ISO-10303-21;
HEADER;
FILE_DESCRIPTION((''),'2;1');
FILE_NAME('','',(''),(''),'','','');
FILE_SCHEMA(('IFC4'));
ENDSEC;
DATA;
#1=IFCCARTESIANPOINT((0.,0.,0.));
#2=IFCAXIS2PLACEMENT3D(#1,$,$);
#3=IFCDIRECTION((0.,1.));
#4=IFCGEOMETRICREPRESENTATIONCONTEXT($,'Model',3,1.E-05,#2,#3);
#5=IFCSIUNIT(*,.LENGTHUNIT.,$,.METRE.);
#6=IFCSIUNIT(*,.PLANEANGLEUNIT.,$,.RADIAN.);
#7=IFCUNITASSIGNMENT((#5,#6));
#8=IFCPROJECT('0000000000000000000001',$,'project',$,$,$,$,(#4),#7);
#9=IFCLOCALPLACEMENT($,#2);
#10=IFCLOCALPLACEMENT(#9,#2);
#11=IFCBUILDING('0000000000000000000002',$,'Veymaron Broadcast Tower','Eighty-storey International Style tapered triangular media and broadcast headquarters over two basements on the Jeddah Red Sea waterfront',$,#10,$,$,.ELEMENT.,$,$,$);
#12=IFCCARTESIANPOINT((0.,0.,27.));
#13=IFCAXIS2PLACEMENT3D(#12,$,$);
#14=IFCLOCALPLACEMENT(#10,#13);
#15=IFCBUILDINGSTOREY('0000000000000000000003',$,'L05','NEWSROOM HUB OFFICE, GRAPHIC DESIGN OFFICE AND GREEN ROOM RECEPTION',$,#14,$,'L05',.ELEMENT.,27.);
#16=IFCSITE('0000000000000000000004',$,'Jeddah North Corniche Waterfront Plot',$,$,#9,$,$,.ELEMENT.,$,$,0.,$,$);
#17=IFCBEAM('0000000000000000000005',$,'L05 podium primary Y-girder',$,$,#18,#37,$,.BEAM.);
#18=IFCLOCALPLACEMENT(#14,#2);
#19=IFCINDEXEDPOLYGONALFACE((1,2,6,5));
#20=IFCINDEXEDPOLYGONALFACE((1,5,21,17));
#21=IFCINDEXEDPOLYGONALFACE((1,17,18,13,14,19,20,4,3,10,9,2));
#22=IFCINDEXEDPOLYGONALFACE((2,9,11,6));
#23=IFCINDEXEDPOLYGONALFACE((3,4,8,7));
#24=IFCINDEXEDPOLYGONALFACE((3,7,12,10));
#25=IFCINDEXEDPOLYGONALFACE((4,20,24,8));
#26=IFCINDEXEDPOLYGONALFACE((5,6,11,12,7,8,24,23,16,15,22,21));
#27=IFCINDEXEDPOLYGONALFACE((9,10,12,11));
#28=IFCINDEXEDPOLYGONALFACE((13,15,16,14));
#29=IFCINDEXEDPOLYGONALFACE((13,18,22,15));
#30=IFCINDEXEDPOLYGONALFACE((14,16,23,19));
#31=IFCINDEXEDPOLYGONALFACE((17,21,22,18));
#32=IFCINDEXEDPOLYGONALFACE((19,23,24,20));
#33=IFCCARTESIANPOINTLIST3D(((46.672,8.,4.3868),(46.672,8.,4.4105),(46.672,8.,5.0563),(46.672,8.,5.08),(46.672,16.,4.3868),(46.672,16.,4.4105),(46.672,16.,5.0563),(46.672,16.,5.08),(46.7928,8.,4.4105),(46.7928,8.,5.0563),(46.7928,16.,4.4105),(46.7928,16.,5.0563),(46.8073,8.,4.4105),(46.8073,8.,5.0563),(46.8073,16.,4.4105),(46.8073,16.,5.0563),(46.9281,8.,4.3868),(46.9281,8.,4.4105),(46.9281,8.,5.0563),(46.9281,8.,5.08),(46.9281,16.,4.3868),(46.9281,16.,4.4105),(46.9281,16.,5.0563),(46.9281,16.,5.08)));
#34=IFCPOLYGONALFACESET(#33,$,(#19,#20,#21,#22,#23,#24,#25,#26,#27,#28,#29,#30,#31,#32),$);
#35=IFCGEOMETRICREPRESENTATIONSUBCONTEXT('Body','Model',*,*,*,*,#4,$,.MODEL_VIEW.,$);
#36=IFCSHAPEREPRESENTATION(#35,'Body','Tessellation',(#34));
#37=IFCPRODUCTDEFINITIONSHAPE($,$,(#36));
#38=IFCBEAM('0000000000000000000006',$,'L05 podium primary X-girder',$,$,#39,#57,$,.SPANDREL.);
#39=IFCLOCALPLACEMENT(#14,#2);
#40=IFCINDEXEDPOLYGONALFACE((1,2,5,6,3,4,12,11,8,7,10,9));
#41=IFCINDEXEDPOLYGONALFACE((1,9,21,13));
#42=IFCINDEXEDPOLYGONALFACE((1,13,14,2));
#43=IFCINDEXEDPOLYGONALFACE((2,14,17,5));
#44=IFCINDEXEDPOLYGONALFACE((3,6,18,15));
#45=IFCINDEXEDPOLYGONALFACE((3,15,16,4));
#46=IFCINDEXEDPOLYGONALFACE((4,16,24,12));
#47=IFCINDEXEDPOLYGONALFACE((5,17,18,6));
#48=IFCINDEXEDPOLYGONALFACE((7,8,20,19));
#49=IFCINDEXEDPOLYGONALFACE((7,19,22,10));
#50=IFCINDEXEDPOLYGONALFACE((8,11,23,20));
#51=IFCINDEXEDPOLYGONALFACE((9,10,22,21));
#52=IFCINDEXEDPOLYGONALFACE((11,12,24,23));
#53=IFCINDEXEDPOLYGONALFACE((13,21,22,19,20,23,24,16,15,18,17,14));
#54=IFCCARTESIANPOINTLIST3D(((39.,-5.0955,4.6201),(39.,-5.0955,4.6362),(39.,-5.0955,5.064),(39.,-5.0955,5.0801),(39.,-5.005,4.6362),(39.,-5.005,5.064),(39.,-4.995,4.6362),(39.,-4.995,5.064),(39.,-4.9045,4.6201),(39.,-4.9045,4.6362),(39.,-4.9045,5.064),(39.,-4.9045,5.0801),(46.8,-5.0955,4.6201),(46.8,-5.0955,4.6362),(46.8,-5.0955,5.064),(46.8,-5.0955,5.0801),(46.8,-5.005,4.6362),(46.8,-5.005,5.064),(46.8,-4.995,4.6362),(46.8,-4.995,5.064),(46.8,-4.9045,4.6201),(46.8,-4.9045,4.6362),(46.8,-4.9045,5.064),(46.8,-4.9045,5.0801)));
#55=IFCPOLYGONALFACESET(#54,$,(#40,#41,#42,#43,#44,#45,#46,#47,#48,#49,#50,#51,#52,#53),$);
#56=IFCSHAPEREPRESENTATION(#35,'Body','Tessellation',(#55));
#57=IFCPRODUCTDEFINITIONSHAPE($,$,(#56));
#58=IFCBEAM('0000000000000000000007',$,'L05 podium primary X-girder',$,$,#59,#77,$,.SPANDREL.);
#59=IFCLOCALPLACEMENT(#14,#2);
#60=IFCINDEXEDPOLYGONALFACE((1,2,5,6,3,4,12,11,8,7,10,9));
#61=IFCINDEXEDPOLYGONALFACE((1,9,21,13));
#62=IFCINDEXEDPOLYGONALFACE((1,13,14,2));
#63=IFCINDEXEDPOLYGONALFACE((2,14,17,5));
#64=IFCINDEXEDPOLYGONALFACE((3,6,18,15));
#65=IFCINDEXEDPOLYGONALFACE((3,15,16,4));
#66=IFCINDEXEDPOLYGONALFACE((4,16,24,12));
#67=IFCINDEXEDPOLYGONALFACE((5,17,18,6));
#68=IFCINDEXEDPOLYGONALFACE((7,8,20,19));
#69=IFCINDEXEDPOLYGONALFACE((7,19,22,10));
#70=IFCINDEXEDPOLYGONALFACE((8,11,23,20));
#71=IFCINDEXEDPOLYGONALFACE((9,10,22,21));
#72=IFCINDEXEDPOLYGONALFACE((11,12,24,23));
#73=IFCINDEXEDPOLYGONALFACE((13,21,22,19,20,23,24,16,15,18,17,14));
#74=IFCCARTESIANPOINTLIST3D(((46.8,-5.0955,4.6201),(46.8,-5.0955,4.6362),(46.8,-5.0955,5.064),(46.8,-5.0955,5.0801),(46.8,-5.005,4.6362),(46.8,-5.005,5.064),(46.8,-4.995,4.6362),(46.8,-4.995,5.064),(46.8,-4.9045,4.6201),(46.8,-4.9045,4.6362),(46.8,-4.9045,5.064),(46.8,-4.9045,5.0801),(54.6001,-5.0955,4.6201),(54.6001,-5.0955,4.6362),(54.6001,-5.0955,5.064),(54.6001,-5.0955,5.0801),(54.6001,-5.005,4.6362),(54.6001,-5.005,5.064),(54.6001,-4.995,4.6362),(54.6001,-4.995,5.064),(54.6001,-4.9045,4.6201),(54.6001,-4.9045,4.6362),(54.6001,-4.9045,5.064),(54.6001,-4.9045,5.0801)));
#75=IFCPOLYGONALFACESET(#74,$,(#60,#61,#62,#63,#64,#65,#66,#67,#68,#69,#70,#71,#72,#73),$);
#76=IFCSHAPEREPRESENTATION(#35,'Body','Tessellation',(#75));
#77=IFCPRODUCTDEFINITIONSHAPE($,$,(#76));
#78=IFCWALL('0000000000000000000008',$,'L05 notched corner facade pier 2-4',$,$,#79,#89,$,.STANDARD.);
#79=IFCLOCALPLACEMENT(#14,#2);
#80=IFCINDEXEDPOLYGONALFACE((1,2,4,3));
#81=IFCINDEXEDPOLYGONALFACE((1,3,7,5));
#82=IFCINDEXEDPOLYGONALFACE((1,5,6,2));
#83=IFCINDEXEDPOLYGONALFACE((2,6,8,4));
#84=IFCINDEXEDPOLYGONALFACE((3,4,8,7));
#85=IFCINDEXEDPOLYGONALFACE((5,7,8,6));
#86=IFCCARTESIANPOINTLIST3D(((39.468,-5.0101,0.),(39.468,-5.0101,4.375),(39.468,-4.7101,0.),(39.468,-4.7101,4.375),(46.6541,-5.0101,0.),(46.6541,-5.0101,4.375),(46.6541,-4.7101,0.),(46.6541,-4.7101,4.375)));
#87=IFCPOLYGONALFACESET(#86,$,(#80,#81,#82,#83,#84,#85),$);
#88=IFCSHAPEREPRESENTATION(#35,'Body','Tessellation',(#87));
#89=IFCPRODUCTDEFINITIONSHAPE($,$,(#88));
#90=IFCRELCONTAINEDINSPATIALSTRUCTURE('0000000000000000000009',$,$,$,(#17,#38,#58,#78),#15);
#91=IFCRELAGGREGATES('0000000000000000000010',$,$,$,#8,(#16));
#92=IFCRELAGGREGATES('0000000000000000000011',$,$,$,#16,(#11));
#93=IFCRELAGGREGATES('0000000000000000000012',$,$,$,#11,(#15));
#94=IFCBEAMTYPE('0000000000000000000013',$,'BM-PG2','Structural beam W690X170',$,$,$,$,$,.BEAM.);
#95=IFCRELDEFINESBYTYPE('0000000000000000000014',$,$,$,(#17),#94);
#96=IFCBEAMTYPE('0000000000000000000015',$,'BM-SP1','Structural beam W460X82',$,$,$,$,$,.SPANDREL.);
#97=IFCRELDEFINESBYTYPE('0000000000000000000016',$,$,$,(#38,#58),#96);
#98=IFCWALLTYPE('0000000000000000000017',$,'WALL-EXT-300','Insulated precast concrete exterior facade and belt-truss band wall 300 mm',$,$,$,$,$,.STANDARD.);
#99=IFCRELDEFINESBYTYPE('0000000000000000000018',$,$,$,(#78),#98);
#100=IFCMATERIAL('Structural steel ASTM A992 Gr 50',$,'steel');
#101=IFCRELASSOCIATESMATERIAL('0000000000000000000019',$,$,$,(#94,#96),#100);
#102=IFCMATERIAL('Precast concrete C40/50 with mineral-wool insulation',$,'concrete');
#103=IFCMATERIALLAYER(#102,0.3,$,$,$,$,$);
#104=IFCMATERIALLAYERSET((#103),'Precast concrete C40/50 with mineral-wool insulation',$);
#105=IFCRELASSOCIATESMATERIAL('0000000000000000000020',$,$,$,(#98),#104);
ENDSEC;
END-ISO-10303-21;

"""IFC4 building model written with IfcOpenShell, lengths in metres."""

from ifc_helpers import new_model, si_unit, direction, frame, frame_2d, origin, origin_2d, place, context, subcontext, project, spatial, rectangle, i_section, extrude, material, layer, layer_set, material_profile, profile_set, type_object, element, save


model = new_model("IFC4")

# Units and contexts
model_context = context("Model", 3, precision=1e-05, world=origin(), true_north=direction((0.0, 1.0)))
body_context = subcontext(model_context, "Body", "Model", "MODEL_VIEW")
ifc_project = project(units=[si_unit("LENGTHUNIT", "METRE"), si_unit("PLANEANGLEUNIT", "RADIAN")], contexts=[model_context])

# Site, building, storey
site_placement = place(None, origin())
site = spatial("IfcSite", under=ifc_project, at=site_placement, Name="Jeddah North Corniche Waterfront Plot", CompositionType="ELEMENT", RefElevation=0.0)
building_placement = place(site_placement, origin())
building = spatial("IfcBuilding", under=site, at=building_placement, Name="Veymaron Broadcast Tower", Description="Eighty-storey International Style tapered triangular media and broadcast headquarters over two basements on the Jeddah Red Sea waterfront", CompositionType="ELEMENT")
storey_placement = place(building_placement, frame((0.0, 0.0, 27.0)))
storey = spatial("IfcBuildingStorey", under=building, at=storey_placement, Name="L05", Description="NEWSROOM HUB OFFICE, GRAPHIC DESIGN OFFICE AND GREEN ROOM RECEPTION", LongName="L05", CompositionType="ELEMENT", Elevation=27.0)

# Shared definitions
ifc_material_1 = material(Name="Structural steel ASTM A992 Gr 50", Category="steel")

# Beams
ifc_material_profile_1 = material_profile(ifc_material_1, i_section(OverallWidth=0.2561, OverallDepth=0.6931, WebThickness=0.0144, FlangeThickness=0.0237, at=origin_2d()), Name="W690X170")
ifc_profile_set_1 = profile_set([ifc_material_profile_1], Name="Structural steel ASTM A992 Gr 50")
beam_type_1 = type_object("IfcBeamType", Name="BM-PG2", Description="Structural beam W690X170", PredefinedType="BEAM", material=ifc_profile_set_1)
for number, where, z_axis, x_axis, name in (
    (1, (46.8, 8.0, 4.7334), (0.0, 1.0, 0.0), (-1.0, 0.0, 0.0), "L05 podium primary Y-girder"),
):
    element("IfcBeam", number, at=place(storey_placement, frame(where, z_axis=z_axis, x_axis=x_axis)), inside=storey, type_object=beam_type_1, Name=name, PredefinedType="BEAM", context=body_context, shape_type="SweptSolid", body=[
        extrude(i_section(OverallWidth=0.2561, OverallDepth=0.6931, WebThickness=0.0144, FlangeThickness=0.0237, at=origin_2d()), origin(), (0.0, 0.0, 1.0), 8.0),
    ])
ifc_material_profile_2 = material_profile(ifc_material_1, i_section(OverallWidth=0.1909, OverallDepth=0.46, WebThickness=0.01, FlangeThickness=0.0161, at=origin_2d()), Name="W460X82")
ifc_profile_set_2 = profile_set([ifc_material_profile_2], Name="Structural steel ASTM A992 Gr 50")
beam_type_2 = type_object("IfcBeamType", Name="BM-SP1", Description="Structural beam W460X82", PredefinedType="SPANDREL", material=ifc_profile_set_2)
for number, where, z_axis, x_axis, name in (
    (2, (39.0, -5.0, 4.8501), (1.0, 0.0, 0.0), (0.0, 1.0, 0.0), "L05 podium primary X-girder"),
    (3, (46.8, -5.0, 4.8501), (1.0, 0.0, 0.0), (0.0, 1.0, 0.0), "L05 podium primary X-girder"),
):
    element("IfcBeam", number, at=place(storey_placement, frame(where, z_axis=z_axis, x_axis=x_axis)), inside=storey, type_object=beam_type_2, Name=name, PredefinedType="SPANDREL", context=body_context, shape_type="SweptSolid", body=[
        extrude(i_section(OverallWidth=0.1909, OverallDepth=0.46, WebThickness=0.01, FlangeThickness=0.0161, at=origin_2d()), origin(), (0.0, 0.0, 1.0), 7.8),
    ])

# Wall
ifc_material_2 = material(Name="Precast concrete C40/50 with mineral-wool insulation", Category="concrete")
ifc_layer = layer(ifc_material_2, 0.3)
ifc_layer_set = layer_set([ifc_layer], Name="Precast concrete C40/50 with mineral-wool insulation")
wall_type = type_object("IfcWallType", Name="WALL-EXT-300", Description="Insulated precast concrete exterior facade and belt-truss band wall 300 mm", PredefinedType="STANDARD", material=ifc_layer_set)
wall_placement = place(storey_placement, frame((39.468, -4.8601, 0.0), z_axis=(0.0, 0.0, 1.0), x_axis=(1.0, 0.0, 0.0)))
element("IfcWall", 4, at=wall_placement, inside=storey, type_object=wall_type, Name="L05 notched corner facade pier 2-4", PredefinedType="STANDARD", context=body_context, shape_type="SweptSolid", body=[
    extrude(rectangle(XDim=7.186, YDim=0.3, at=frame_2d((3.593, 0.0))), origin(), (0.0, 0.0, 1.0), 4.375),
])

save(model, "model.ifc")
